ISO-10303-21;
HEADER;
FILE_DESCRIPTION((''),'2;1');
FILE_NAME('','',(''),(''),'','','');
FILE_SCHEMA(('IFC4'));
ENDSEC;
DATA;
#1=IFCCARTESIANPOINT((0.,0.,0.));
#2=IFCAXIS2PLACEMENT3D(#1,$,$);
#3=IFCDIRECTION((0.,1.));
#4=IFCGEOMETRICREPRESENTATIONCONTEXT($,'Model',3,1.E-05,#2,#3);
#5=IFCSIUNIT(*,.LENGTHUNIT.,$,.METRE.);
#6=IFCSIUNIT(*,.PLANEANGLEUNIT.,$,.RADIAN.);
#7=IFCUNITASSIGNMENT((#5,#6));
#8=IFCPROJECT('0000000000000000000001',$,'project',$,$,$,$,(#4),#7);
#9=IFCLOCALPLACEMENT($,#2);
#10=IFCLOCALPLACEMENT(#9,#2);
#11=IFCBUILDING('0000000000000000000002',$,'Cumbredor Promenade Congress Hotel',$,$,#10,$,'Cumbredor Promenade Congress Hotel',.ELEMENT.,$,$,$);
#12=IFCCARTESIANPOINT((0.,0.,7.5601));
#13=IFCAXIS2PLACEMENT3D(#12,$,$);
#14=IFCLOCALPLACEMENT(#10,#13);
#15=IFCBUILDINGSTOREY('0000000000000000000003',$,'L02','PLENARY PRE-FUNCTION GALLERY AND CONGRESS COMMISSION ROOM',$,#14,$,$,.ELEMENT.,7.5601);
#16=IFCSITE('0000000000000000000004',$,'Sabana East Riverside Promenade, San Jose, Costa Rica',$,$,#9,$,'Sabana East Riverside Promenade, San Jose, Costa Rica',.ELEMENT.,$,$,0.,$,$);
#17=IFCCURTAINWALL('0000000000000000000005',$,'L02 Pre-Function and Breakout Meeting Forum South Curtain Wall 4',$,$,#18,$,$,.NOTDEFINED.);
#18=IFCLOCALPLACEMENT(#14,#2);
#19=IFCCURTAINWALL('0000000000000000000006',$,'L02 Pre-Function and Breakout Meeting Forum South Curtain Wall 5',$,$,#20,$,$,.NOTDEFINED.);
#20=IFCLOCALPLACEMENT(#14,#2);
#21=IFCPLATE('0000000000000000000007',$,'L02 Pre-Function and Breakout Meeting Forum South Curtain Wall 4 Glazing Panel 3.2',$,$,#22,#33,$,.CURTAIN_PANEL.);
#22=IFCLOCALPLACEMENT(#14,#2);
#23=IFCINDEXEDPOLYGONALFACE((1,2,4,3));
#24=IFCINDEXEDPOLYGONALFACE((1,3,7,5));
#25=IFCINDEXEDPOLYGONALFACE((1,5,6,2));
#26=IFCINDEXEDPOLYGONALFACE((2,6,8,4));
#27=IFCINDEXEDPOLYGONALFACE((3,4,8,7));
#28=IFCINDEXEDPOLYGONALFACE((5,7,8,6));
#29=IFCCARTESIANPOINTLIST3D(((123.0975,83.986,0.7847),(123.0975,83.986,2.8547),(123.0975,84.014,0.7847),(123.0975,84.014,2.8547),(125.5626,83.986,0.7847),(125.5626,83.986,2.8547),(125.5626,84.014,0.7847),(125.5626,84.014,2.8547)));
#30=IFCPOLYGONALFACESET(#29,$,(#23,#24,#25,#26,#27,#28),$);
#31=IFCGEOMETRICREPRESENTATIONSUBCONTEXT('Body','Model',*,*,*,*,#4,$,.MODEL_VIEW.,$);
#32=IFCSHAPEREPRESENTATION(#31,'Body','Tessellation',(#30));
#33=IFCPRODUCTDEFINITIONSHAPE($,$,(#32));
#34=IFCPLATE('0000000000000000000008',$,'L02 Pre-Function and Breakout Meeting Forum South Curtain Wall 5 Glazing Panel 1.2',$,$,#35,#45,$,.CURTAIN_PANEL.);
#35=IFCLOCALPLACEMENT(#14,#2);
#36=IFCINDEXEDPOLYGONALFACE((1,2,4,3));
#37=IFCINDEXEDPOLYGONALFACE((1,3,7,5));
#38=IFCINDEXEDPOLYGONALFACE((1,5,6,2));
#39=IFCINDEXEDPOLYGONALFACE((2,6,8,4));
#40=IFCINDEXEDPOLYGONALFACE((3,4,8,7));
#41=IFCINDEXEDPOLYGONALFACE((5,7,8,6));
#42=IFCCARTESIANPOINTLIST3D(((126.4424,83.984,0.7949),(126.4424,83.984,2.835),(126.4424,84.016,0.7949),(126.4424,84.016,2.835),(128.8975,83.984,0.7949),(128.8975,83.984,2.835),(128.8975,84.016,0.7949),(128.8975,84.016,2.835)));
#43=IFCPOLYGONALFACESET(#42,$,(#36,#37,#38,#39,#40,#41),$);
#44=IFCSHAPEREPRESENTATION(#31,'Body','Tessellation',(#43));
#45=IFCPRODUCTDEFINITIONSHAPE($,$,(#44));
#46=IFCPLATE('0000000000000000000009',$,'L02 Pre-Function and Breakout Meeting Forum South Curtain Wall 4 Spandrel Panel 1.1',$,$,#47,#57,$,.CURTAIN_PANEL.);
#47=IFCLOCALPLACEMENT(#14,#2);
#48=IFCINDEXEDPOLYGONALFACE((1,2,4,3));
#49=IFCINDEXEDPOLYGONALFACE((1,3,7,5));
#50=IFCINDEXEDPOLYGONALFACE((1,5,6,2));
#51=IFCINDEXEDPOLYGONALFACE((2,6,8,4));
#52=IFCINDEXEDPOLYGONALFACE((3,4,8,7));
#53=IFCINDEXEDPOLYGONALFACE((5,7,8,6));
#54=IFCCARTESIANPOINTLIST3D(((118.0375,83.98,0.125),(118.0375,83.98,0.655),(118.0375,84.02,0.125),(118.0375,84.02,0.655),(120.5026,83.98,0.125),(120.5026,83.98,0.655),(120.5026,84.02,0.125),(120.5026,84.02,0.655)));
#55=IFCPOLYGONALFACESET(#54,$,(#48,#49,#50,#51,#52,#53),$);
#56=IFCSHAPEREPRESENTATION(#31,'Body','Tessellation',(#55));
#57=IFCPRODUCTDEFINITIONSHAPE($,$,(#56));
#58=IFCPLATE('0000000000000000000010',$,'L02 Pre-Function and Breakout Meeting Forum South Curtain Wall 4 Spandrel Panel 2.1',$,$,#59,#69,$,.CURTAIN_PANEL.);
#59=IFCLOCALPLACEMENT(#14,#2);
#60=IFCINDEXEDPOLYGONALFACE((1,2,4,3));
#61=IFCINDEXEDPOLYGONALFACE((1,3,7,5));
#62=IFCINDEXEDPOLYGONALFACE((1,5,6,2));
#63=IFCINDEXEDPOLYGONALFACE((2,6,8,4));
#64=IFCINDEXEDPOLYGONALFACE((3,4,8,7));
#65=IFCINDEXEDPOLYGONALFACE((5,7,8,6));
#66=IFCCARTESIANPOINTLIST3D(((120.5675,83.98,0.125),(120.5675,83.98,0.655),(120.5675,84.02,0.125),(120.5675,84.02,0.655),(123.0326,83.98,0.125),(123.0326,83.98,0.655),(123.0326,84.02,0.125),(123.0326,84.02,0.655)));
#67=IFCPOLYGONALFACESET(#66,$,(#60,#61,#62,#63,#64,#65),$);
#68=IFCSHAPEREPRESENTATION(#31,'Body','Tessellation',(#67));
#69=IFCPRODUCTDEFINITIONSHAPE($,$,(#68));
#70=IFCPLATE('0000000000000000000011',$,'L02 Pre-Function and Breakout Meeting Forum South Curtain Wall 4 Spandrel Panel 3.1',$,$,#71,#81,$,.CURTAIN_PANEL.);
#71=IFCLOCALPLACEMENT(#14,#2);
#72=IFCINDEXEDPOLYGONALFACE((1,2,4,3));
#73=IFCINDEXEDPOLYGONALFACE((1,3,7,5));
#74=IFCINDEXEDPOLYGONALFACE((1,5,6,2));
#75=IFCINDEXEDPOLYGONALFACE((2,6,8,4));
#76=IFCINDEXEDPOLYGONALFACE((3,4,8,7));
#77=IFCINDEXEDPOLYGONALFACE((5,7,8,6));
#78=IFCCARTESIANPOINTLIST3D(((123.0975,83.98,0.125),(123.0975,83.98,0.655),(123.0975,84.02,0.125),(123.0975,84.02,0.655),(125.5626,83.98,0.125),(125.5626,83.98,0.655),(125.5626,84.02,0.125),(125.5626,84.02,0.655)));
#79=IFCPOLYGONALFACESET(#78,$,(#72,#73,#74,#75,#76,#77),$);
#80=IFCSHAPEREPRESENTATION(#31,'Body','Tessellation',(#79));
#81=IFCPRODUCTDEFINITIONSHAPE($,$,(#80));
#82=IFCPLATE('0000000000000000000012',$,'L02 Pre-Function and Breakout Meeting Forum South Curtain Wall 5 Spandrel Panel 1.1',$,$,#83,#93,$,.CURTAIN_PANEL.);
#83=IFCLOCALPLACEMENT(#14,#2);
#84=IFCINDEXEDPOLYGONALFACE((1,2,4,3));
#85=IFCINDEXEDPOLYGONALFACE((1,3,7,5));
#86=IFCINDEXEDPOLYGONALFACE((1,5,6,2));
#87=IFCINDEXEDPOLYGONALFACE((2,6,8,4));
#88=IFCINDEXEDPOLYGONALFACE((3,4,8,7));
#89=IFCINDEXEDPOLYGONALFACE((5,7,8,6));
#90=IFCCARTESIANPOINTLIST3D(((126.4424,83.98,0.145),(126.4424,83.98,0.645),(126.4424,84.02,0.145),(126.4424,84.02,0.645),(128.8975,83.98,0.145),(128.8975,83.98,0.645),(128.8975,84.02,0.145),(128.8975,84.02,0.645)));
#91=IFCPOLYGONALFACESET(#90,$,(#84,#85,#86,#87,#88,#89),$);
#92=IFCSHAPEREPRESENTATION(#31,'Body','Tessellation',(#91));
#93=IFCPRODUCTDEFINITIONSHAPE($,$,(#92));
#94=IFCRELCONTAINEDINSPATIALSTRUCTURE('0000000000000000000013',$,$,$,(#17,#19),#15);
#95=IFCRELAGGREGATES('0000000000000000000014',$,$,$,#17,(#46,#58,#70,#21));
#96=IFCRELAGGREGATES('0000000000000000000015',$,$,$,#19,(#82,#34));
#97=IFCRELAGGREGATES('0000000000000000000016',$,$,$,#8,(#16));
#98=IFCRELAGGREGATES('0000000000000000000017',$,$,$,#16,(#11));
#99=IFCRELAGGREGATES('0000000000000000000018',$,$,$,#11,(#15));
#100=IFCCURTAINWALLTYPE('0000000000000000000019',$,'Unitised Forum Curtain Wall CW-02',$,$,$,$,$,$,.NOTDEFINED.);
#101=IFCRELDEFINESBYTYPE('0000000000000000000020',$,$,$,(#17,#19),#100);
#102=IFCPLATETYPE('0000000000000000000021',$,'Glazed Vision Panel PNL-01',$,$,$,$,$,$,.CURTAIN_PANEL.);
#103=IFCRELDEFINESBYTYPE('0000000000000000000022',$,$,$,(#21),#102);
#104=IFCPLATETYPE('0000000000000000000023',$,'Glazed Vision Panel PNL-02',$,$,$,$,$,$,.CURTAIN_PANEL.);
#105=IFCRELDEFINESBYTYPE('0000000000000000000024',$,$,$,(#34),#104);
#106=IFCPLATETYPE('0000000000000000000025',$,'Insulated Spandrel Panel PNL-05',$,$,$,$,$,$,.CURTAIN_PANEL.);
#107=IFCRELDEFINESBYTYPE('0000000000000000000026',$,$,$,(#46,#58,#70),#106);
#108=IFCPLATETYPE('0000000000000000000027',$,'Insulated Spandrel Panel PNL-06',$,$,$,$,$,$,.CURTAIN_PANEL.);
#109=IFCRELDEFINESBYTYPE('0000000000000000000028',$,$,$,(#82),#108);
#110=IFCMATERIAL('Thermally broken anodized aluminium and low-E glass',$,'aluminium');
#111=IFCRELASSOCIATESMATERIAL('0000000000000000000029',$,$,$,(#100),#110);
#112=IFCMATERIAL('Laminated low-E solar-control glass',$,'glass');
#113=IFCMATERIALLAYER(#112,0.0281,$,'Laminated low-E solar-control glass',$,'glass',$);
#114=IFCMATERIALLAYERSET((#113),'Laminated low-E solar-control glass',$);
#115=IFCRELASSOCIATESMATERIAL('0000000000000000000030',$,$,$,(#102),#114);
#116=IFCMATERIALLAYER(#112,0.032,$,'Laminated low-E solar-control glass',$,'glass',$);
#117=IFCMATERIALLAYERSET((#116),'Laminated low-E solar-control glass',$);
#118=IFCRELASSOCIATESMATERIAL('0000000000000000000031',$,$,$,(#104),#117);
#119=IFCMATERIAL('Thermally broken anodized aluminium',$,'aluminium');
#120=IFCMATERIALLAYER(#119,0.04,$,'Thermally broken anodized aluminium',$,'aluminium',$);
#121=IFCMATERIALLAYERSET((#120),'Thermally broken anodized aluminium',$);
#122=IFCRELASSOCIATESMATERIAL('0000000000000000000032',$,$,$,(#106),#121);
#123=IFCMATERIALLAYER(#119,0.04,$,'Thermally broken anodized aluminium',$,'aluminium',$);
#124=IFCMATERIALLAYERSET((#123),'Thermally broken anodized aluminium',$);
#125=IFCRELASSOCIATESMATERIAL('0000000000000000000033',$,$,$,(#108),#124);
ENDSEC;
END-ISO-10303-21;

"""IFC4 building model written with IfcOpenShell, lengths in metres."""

from ifc_helpers import new_model, si_unit, direction, frame, origin, origin_2d, place, context, subcontext, project, spatial, rectangle, extrude, material, layer, layer_set, type_object, element, aggregate, save


model = new_model("IFC4")

# Units and contexts
model_context = context("Model", 3, precision=1e-05, world=origin(), true_north=direction((0.0, 1.0)))
body_context = subcontext(model_context, "Body", "Model", "MODEL_VIEW")
ifc_project = project(units=[si_unit("LENGTHUNIT", "METRE"), si_unit("PLANEANGLEUNIT", "RADIAN")], contexts=[model_context])

# Site, building, storey
site_placement = place(None, origin())
site = spatial("IfcSite", under=ifc_project, at=site_placement, Name="Sabana East Riverside Promenade, San Jose, Costa Rica", LongName="Sabana East Riverside Promenade, San Jose, Costa Rica", CompositionType="ELEMENT", RefElevation=0.0)
building_placement = place(site_placement, origin())
building = spatial("IfcBuilding", under=site, at=building_placement, Name="Cumbredor Promenade Congress Hotel", LongName="Cumbredor Promenade Congress Hotel", CompositionType="ELEMENT")
storey_placement = place(building_placement, frame((0.0, 0.0, 7.5601)))
storey = spatial("IfcBuildingStorey", under=building, at=storey_placement, Name="L02", Description="PLENARY PRE-FUNCTION GALLERY AND CONGRESS COMMISSION ROOM", CompositionType="ELEMENT", Elevation=7.5601)

# Curtain walls
ifc_material_1 = material(Name="Thermally broken anodized aluminium and low-E glass", Category="aluminium")
curtain_wall_type = type_object("IfcCurtainWallType", Name="Unitised Forum Curtain Wall CW-02", PredefinedType="NOTDEFINED", material=ifc_material_1)
curtain_wall_1_placement = place(storey_placement, origin())
curtain_wall_1 = element("IfcCurtainWall", 1, at=curtain_wall_1_placement, inside=storey, type_object=curtain_wall_type, Name="L02 Pre-Function and Breakout Meeting Forum South Curtain Wall 4", PredefinedType="NOTDEFINED")
ifc_material_2 = material(Name="Thermally broken anodized aluminium", Category="aluminium")
curtain_wall_2_placement = place(storey_placement, origin())
curtain_wall_2 = element("IfcCurtainWall", 2, at=curtain_wall_2_placement, inside=storey, type_object=curtain_wall_type, Name="L02 Pre-Function and Breakout Meeting Forum South Curtain Wall 5", PredefinedType="NOTDEFINED")

# Plates
ifc_material_3 = material(Name="Laminated low-E solar-control glass", Category="glass")
ifc_layer_1 = layer(ifc_material_3, 0.0281, Name="Laminated low-E solar-control glass", Category="glass")
ifc_layer_set_1 = layer_set([ifc_layer_1], Name="Laminated low-E solar-control glass")
plate_type_1 = type_object("IfcPlateType", Name="Glazed Vision Panel PNL-01", PredefinedType="CURTAIN_PANEL", material=ifc_layer_set_1)
plate_1_placement = place(storey_placement, frame((124.3301, 84.0, 0.7847), z_axis=(0.0, 0.0, 1.0), x_axis=(1.0, 0.0, 0.0)))
plate_1 = element("IfcPlate", 3, at=plate_1_placement, type_object=plate_type_1, Name="L02 Pre-Function and Breakout Meeting Forum South Curtain Wall 4 Glazing Panel 3.2", PredefinedType="CURTAIN_PANEL", context=body_context, shape_type="SweptSolid", body=[
    extrude(rectangle(XDim=2.4651, YDim=0.0281, at=origin_2d()), origin(), (0.0, 0.0, 1.0), 2.0701),
])
ifc_layer_2 = layer(ifc_material_3, 0.032, Name="Laminated low-E solar-control glass", Category="glass")
ifc_layer_set_2 = layer_set([ifc_layer_2], Name="Laminated low-E solar-control glass")
plate_type_2 = type_object("IfcPlateType", Name="Glazed Vision Panel PNL-02", PredefinedType="CURTAIN_PANEL", material=ifc_layer_set_2)
plate_2_placement = place(storey_placement, frame((127.6699, 84.0, 0.7949), z_axis=(0.0, 0.0, 1.0), x_axis=(1.0, 0.0, 0.0)))
plate_2 = element("IfcPlate", 4, at=plate_2_placement, type_object=plate_type_2, Name="L02 Pre-Function and Breakout Meeting Forum South Curtain Wall 5 Glazing Panel 1.2", PredefinedType="CURTAIN_PANEL", context=body_context, shape_type="SweptSolid", body=[
    extrude(rectangle(XDim=2.4551, YDim=0.032, at=origin_2d()), origin(), (0.0, 0.0, 1.0), 2.04),
])
ifc_layer_3 = layer(ifc_material_2, 0.04, Name="Thermally broken anodized aluminium", Category="aluminium")
ifc_layer_set_3 = layer_set([ifc_layer_3], Name="Thermally broken anodized aluminium")
plate_type_3 = type_object("IfcPlateType", Name="Insulated Spandrel Panel PNL-05", PredefinedType="CURTAIN_PANEL", material=ifc_layer_set_3)
plate_3_placement = place(storey_placement, frame((119.27, 84.0, 0.125), z_axis=(0.0, 0.0, 1.0), x_axis=(1.0, 0.0, 0.0)))
plate_3 = element("IfcPlate", 5, at=plate_3_placement, type_object=plate_type_3, Name="L02 Pre-Function and Breakout Meeting Forum South Curtain Wall 4 Spandrel Panel 1.1", PredefinedType="CURTAIN_PANEL", context=body_context, shape_type="SweptSolid", body=[
    extrude(rectangle(XDim=2.4651, YDim=0.04, at=origin_2d()), origin(), (0.0, 0.0, 1.0), 0.53),
])
plate_4_placement = place(storey_placement, frame((121.8, 84.0, 0.125), z_axis=(0.0, 0.0, 1.0), x_axis=(1.0, 0.0, 0.0)))
plate_4 = element("IfcPlate", 6, at=plate_4_placement, type_object=plate_type_3, Name="L02 Pre-Function and Breakout Meeting Forum South Curtain Wall 4 Spandrel Panel 2.1", PredefinedType="CURTAIN_PANEL", context=body_context, shape_type="SweptSolid", body=[
    extrude(rectangle(XDim=2.4651, YDim=0.04, at=origin_2d()), origin(), (0.0, 0.0, 1.0), 0.53),
])
plate_5_placement = place(storey_placement, frame((124.3301, 84.0, 0.125), z_axis=(0.0, 0.0, 1.0), x_axis=(1.0, 0.0, 0.0)))
plate_5 = element("IfcPlate", 7, at=plate_5_placement, type_object=plate_type_3, Name="L02 Pre-Function and Breakout Meeting Forum South Curtain Wall 4 Spandrel Panel 3.1", PredefinedType="CURTAIN_PANEL", context=body_context, shape_type="SweptSolid", body=[
    extrude(rectangle(XDim=2.4651, YDim=0.04, at=origin_2d()), origin(), (0.0, 0.0, 1.0), 0.53),
])
aggregate(curtain_wall_1, [plate_3, plate_4, plate_5, plate_1])
ifc_layer_4 = layer(ifc_material_2, 0.04, Name="Thermally broken anodized aluminium", Category="aluminium")
ifc_layer_set_4 = layer_set([ifc_layer_4], Name="Thermally broken anodized aluminium")
plate_type_4 = type_object("IfcPlateType", Name="Insulated Spandrel Panel PNL-06", PredefinedType="CURTAIN_PANEL", material=ifc_layer_set_4)
plate_6_placement = place(storey_placement, frame((127.6699, 84.0, 0.145), z_axis=(0.0, 0.0, 1.0), x_axis=(1.0, 0.0, 0.0)))
plate_6 = element("IfcPlate", 8, at=plate_6_placement, type_object=plate_type_4, Name="L02 Pre-Function and Breakout Meeting Forum South Curtain Wall 5 Spandrel Panel 1.1", PredefinedType="CURTAIN_PANEL", context=body_context, shape_type="SweptSolid", body=[
    extrude(rectangle(XDim=2.4551, YDim=0.04, at=origin_2d()), origin(), (0.0, 0.0, 1.0), 0.5),
])
aggregate(curtain_wall_2, [plate_6, plate_2])

save(model, "model.ifc")
